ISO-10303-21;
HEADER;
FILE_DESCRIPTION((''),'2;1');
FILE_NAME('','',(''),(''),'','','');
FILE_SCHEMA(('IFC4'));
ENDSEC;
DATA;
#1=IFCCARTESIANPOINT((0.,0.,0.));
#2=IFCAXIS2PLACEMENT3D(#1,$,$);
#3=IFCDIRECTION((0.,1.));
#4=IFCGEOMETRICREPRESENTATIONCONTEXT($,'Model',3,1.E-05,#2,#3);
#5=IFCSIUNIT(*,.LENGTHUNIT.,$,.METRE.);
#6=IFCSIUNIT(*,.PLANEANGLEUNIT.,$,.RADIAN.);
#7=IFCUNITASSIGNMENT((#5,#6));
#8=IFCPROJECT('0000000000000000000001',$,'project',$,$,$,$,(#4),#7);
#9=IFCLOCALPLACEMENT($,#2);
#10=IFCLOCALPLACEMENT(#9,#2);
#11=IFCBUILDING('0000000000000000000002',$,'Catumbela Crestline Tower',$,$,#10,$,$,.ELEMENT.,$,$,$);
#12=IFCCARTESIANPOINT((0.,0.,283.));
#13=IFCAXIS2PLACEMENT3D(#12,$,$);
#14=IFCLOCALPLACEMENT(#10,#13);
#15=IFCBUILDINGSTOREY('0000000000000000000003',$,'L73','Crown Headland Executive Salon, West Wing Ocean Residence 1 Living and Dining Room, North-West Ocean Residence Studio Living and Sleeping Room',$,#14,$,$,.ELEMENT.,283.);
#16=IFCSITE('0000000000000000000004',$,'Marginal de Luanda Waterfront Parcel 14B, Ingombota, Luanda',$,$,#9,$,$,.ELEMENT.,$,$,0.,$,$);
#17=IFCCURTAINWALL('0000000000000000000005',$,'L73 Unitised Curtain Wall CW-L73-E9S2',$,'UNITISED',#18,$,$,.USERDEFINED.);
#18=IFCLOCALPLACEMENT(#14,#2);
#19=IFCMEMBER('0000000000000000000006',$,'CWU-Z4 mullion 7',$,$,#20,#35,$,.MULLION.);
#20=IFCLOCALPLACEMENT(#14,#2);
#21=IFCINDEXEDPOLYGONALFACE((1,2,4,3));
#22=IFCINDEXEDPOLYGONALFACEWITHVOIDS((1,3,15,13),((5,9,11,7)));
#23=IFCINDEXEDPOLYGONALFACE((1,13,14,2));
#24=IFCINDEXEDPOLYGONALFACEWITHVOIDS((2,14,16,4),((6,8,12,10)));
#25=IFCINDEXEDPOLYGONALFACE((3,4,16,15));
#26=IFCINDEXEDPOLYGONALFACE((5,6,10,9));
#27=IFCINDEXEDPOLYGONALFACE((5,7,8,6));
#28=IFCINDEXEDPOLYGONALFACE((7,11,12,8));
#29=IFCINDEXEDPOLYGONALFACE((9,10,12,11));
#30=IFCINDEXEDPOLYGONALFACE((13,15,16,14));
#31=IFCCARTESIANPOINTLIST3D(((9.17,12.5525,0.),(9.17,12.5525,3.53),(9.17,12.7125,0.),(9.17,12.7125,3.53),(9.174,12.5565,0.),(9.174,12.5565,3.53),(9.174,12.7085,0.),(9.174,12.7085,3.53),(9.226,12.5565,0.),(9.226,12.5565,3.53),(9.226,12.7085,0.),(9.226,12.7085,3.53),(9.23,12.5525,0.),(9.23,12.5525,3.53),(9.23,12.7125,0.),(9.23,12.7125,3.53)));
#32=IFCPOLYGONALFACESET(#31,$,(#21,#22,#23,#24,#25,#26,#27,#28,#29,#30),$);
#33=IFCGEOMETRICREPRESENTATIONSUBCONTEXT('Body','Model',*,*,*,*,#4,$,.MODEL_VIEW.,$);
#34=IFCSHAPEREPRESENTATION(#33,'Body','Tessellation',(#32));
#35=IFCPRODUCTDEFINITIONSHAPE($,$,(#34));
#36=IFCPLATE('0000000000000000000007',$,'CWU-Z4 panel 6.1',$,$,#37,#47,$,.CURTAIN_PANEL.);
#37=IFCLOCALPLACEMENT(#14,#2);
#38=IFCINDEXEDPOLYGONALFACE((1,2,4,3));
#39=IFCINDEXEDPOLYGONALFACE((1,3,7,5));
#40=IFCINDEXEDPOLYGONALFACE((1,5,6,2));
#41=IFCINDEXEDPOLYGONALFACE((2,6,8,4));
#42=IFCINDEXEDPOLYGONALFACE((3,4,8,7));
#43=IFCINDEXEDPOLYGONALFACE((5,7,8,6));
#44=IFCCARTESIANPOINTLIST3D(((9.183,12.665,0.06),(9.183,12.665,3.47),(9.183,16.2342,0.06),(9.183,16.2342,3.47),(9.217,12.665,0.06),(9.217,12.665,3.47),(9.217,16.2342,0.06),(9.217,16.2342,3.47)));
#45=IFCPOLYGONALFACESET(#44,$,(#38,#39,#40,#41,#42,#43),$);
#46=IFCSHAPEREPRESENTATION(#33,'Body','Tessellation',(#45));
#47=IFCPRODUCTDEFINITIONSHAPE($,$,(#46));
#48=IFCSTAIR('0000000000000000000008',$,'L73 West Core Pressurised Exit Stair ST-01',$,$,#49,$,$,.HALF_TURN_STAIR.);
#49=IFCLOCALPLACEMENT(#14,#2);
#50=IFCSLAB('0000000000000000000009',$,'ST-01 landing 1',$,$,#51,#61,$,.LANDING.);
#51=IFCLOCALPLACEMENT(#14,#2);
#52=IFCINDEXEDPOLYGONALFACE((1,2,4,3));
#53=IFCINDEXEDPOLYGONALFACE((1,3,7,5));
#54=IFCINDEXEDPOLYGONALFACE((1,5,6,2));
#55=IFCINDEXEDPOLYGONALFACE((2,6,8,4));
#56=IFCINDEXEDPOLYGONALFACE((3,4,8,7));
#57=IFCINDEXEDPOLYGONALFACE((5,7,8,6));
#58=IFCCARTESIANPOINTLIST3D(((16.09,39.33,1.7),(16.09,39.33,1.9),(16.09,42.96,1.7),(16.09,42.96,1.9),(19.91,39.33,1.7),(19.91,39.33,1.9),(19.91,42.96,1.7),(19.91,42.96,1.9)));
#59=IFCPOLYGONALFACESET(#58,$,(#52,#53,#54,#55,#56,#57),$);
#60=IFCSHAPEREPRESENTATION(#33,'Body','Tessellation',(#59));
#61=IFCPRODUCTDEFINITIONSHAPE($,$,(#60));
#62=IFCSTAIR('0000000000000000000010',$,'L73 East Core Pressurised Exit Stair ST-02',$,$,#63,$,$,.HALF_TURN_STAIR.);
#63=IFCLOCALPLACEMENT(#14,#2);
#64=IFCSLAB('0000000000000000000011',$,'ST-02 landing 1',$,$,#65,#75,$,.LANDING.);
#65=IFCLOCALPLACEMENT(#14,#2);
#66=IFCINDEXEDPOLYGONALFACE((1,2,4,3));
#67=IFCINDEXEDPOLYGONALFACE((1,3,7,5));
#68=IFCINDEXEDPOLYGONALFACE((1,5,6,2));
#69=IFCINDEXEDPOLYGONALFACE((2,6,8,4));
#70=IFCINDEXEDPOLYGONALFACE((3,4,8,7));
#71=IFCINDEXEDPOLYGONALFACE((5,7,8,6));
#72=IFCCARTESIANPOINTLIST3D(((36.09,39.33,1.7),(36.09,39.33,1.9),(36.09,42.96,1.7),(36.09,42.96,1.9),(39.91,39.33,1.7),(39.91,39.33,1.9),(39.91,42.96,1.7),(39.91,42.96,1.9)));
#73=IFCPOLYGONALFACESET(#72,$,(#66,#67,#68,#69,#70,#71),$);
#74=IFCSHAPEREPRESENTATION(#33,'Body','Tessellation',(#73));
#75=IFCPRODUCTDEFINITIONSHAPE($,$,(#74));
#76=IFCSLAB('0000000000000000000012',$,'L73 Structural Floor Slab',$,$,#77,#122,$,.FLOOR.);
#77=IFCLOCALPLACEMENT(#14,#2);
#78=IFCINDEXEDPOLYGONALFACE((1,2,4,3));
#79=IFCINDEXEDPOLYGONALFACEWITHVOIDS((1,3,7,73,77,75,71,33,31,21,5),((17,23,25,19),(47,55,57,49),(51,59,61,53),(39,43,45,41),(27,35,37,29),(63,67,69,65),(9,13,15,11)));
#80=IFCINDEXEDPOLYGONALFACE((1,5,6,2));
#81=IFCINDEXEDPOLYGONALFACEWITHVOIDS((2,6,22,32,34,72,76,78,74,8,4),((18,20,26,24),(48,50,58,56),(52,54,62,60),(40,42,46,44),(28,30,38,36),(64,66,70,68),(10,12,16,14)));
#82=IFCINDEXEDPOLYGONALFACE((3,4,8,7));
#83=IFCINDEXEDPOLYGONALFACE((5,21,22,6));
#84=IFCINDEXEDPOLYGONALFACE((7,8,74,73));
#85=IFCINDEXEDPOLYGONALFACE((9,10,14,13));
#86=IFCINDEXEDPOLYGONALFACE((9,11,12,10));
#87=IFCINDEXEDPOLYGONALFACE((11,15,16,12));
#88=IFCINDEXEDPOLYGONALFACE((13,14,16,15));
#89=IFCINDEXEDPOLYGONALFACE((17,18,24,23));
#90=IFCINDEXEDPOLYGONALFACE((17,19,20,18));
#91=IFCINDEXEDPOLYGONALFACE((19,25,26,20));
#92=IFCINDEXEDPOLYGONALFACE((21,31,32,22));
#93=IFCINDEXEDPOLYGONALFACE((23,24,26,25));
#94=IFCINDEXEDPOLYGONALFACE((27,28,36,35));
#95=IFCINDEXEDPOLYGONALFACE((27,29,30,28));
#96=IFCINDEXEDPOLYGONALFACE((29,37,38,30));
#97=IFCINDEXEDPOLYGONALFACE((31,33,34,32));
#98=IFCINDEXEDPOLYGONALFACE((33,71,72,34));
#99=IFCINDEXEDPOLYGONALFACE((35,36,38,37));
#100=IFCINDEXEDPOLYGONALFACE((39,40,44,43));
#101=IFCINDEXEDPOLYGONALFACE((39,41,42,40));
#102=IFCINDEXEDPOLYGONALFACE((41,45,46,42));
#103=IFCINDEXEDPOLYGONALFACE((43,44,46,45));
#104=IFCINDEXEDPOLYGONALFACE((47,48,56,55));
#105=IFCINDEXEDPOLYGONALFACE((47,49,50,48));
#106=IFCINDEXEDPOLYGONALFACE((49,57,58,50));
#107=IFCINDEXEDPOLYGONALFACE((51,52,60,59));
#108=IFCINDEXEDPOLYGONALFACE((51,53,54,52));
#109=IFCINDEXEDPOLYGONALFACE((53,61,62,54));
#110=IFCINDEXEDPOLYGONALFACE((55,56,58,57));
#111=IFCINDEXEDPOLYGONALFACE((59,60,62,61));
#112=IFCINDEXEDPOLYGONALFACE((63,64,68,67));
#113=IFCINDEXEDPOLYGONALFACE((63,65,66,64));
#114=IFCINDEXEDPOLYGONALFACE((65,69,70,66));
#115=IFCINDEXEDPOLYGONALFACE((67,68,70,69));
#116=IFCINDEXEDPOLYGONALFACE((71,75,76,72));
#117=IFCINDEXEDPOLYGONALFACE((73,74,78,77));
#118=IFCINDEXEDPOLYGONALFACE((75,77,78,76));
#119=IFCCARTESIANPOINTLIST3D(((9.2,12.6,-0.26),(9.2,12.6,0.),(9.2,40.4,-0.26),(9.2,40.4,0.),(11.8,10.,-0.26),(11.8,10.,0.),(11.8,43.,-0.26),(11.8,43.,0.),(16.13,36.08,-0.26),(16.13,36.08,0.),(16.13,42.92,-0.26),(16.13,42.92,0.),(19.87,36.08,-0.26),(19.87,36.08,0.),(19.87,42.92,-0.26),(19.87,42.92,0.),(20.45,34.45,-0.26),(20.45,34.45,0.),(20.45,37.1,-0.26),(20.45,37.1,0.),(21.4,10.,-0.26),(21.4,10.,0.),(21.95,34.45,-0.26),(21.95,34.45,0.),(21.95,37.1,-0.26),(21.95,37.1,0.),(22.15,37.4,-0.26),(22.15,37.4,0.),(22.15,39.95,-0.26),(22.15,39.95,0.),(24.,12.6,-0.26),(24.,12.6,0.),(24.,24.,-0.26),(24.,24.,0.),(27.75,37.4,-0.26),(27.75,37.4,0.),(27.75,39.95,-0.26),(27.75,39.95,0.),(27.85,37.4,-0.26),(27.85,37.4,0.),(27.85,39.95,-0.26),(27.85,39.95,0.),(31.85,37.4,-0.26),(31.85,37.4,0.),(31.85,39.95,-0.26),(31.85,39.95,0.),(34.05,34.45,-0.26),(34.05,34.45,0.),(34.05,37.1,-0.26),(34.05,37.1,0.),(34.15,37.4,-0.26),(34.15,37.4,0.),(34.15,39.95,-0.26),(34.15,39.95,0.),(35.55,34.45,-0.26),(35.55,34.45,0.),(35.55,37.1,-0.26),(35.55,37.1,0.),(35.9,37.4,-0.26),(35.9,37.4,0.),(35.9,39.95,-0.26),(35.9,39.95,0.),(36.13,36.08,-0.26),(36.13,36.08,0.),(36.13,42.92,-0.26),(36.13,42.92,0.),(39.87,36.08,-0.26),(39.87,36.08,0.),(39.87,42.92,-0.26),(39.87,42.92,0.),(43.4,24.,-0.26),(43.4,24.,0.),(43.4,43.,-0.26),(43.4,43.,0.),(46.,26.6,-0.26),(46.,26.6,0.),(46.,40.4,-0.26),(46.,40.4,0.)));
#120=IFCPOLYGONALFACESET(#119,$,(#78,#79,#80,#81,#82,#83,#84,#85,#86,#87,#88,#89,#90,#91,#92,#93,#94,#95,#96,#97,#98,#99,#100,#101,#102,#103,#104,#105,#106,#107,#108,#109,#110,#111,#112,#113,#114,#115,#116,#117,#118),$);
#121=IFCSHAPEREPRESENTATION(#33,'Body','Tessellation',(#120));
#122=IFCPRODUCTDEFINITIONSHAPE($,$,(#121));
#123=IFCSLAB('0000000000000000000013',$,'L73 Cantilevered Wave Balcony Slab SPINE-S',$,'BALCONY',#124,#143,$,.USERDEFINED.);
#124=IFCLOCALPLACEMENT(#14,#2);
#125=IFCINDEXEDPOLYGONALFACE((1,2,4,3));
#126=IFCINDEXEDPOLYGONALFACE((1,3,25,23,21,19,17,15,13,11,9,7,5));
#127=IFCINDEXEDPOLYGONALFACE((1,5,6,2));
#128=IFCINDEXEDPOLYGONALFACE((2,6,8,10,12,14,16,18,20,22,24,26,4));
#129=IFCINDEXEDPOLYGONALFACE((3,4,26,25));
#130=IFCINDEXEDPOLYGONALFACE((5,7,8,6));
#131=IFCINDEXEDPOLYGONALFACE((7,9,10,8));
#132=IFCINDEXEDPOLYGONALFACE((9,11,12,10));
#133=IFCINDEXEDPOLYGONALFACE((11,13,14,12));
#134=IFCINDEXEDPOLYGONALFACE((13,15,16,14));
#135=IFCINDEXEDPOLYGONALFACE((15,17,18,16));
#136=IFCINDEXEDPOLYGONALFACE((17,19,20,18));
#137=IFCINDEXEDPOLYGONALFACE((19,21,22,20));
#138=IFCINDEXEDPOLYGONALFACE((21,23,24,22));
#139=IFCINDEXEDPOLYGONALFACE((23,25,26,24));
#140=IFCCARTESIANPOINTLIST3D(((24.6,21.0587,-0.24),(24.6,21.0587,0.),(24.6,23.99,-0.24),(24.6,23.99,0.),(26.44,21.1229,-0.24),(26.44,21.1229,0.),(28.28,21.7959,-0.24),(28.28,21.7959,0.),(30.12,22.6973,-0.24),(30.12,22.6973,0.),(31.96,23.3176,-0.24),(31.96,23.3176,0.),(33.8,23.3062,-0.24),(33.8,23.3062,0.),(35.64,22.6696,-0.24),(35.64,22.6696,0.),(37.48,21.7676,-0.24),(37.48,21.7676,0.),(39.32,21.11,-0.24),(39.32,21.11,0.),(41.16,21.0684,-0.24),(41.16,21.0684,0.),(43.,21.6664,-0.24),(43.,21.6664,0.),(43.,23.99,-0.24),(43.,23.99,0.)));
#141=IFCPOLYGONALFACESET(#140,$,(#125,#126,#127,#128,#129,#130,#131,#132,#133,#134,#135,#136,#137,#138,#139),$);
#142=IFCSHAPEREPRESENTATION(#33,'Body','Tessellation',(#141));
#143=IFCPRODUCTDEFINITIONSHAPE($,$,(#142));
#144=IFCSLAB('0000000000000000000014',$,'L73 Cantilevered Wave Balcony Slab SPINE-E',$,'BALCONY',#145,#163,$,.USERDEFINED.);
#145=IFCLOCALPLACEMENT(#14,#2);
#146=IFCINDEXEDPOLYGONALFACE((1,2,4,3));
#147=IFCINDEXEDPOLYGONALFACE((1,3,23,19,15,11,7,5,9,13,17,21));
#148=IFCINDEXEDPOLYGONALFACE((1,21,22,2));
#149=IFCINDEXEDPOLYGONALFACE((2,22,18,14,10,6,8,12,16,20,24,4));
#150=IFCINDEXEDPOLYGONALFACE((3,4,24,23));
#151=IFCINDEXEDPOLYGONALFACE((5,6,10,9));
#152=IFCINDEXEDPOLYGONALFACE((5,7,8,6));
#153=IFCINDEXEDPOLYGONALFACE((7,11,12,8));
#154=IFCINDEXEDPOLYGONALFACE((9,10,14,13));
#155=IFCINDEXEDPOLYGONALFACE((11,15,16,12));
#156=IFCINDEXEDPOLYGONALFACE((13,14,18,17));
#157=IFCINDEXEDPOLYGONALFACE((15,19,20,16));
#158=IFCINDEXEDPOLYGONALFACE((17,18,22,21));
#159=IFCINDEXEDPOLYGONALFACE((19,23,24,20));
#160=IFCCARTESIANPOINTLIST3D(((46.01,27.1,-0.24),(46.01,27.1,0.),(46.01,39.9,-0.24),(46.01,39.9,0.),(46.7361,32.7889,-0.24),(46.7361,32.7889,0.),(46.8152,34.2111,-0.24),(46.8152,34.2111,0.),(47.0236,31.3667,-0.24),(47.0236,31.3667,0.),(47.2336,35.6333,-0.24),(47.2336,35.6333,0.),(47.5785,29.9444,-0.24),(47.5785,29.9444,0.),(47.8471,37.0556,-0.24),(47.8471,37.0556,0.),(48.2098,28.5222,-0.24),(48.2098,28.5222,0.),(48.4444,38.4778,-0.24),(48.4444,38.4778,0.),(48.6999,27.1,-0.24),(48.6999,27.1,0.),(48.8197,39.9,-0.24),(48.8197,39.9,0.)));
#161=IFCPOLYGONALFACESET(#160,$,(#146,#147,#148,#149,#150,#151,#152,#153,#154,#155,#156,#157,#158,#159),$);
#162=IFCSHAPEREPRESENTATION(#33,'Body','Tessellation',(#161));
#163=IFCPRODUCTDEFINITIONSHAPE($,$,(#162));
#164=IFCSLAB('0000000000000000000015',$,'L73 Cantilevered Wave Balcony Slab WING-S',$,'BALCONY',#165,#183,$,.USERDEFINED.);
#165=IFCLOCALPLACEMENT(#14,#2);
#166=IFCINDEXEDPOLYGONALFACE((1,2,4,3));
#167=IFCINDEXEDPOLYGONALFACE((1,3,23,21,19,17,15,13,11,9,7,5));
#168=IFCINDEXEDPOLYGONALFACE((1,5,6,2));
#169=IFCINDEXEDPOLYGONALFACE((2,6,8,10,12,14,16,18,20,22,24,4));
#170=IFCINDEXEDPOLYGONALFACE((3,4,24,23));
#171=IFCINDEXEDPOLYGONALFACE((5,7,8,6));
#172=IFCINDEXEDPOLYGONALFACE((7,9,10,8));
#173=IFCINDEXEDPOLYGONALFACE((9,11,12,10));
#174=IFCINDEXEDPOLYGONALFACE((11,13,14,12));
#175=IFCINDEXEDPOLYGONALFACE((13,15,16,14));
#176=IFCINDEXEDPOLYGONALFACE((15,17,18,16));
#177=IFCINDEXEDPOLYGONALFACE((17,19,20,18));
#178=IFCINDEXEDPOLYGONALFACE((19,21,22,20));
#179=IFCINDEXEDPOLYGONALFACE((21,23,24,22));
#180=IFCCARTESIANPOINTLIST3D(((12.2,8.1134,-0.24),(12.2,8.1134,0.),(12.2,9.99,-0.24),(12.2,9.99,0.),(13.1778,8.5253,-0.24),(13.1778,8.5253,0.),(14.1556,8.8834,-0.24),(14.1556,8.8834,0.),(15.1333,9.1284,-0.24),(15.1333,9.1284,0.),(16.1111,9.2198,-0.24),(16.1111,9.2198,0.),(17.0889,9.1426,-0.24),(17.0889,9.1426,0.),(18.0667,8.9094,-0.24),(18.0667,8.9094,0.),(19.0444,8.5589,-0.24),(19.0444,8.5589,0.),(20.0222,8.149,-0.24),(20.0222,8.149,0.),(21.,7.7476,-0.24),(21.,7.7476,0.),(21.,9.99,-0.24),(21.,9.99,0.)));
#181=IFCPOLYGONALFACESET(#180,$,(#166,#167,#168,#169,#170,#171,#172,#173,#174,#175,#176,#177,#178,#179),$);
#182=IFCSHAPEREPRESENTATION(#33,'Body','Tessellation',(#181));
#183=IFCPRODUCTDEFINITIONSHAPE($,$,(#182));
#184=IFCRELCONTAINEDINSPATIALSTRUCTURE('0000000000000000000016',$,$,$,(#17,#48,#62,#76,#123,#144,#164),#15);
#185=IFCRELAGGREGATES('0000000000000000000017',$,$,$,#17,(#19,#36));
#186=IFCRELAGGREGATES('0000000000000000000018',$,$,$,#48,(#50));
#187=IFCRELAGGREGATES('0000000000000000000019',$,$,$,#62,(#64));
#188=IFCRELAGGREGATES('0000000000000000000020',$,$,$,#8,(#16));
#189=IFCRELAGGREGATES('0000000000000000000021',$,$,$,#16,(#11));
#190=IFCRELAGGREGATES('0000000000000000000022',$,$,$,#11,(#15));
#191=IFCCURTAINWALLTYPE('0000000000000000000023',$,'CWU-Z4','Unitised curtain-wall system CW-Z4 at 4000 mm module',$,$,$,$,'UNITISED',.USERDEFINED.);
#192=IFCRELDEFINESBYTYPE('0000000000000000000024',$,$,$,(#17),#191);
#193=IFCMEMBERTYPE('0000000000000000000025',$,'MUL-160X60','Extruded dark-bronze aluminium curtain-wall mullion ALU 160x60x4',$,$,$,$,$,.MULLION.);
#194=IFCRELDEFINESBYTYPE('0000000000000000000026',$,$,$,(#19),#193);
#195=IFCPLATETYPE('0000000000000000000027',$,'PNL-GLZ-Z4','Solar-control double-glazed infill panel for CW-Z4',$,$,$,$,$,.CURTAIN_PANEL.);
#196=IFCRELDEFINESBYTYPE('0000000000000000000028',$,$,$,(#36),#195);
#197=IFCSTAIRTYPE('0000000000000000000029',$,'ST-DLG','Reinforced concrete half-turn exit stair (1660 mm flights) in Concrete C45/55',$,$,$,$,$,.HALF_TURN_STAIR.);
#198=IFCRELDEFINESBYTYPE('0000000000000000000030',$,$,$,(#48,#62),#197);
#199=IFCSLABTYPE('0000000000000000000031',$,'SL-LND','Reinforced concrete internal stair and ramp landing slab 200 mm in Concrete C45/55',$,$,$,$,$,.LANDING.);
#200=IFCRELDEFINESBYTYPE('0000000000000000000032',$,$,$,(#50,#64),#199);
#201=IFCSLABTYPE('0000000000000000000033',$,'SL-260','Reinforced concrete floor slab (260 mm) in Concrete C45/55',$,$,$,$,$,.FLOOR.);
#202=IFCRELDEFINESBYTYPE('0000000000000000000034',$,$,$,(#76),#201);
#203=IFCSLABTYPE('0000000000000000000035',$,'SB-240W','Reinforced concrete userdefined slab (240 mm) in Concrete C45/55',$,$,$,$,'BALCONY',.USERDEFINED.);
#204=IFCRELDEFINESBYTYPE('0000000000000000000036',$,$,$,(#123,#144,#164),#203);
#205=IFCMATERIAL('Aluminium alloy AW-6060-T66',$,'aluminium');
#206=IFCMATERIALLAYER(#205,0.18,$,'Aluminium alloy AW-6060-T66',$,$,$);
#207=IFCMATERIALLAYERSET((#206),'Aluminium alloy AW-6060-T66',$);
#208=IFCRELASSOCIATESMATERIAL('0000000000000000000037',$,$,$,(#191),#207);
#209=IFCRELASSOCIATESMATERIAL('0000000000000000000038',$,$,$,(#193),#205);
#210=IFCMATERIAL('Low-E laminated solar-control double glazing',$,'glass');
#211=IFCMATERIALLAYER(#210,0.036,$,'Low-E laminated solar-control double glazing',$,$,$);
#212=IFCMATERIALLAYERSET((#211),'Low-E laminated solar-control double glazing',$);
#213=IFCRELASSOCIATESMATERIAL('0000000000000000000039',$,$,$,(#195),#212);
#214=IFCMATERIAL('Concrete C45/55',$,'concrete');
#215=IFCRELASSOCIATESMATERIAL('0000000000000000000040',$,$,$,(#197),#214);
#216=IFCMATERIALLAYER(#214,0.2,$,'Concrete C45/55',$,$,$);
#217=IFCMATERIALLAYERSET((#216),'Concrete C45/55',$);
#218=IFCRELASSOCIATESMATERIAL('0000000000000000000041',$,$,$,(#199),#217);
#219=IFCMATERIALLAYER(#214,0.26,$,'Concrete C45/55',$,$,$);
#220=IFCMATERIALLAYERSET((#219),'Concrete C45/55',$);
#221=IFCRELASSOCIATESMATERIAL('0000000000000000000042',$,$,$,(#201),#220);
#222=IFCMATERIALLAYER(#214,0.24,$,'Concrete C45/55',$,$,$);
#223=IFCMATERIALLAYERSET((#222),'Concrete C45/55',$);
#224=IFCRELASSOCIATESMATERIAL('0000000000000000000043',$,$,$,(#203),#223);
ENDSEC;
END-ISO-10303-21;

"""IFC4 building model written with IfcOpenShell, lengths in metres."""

from ifc_helpers import new_model, si_unit, direction, frame, origin, origin_2d, place, context, subcontext, project, spatial, polyline, rectangle, hollow_rectangle, outline, extrude, material, layer, layer_set, material_profile, profile_set, type_object, element, aggregate, save


model = new_model("IFC4")

# Units and contexts
model_context = context("Model", 3, precision=1e-05, world=origin(), true_north=direction((0.0, 1.0)))
body_context = subcontext(model_context, "Body", "Model", "MODEL_VIEW")
ifc_project = project(units=[si_unit("LENGTHUNIT", "METRE"), si_unit("PLANEANGLEUNIT", "RADIAN")], contexts=[model_context])

# Site, building, storey
site_placement = place(None, origin())
site = spatial("IfcSite", under=ifc_project, at=site_placement, Name="Marginal de Luanda Waterfront Parcel 14B, Ingombota, Luanda", CompositionType="ELEMENT", RefElevation=0.0)
building_placement = place(site_placement, origin())
building = spatial("IfcBuilding", under=site, at=building_placement, Name="Catumbela Crestline Tower", CompositionType="ELEMENT")
storey_placement = place(building_placement, frame((0.0, 0.0, 283.0)))
storey = spatial("IfcBuildingStorey", under=building, at=storey_placement, Name="L73", Description="Crown Headland Executive Salon, West Wing Ocean Residence 1 Living and Dining Room, North-West Ocean Residence Studio Living and Sleeping Room", CompositionType="ELEMENT", Elevation=283.0)

# Curtain wall, member, plate
ifc_material_1 = material(Name="Aluminium alloy AW-6060-T66", Category="aluminium")
ifc_layer_1 = layer(ifc_material_1, 0.18, Name="Aluminium alloy AW-6060-T66")
ifc_layer_set_1 = layer_set([ifc_layer_1], Name="Aluminium alloy AW-6060-T66")
curtain_wall_type = type_object("IfcCurtainWallType", Name="CWU-Z4", Description="Unitised curtain-wall system CW-Z4 at 4000 mm module", ElementType="UNITISED", PredefinedType="USERDEFINED", material=ifc_layer_set_1)
curtain_wall_placement = place(storey_placement, origin())
curtain_wall = element("IfcCurtainWall", 1, at=curtain_wall_placement, inside=storey, type_object=curtain_wall_type, Name="L73 Unitised Curtain Wall CW-L73-E9S2", ObjectType="UNITISED", PredefinedType="USERDEFINED")
ifc_material_profile = material_profile(ifc_material_1, hollow_rectangle(XDim=0.06, YDim=0.16, WallThickness=0.004, at=origin_2d()), Name="ALU 160x60x4")
ifc_profile_set = profile_set([ifc_material_profile], Name="Aluminium alloy AW-6060-T66")
member_type = type_object("IfcMemberType", Name="MUL-160X60", Description="Extruded dark-bronze aluminium curtain-wall mullion ALU 160x60x4", PredefinedType="MULLION", material=ifc_profile_set)
member_placement = place(storey_placement, frame((9.2, 12.6325, 0.0), z_axis=(0.0, 0.0, 1.0), x_axis=(1.0, 0.0, 0.0)))
member = element("IfcMember", 2, at=member_placement, type_object=member_type, Name="CWU-Z4 mullion 7", PredefinedType="MULLION", context=body_context, shape_type="SweptSolid", body=[
    extrude(hollow_rectangle(XDim=0.06, YDim=0.16, WallThickness=0.004, at=origin_2d()), origin(), (0.0, 0.0, 1.0), 3.53),
])
ifc_material_2 = material(Name="Low-E laminated solar-control double glazing", Category="glass")
ifc_layer_2 = layer(ifc_material_2, 0.036, Name="Low-E laminated solar-control double glazing")
ifc_layer_set_2 = layer_set([ifc_layer_2], Name="Low-E laminated solar-control double glazing")
plate_type = type_object("IfcPlateType", Name="PNL-GLZ-Z4", Description="Solar-control double-glazed infill panel for CW-Z4", PredefinedType="CURTAIN_PANEL", material=ifc_layer_set_2)
plate_placement = place(storey_placement, frame((9.2, 14.4496, 0.06), z_axis=(0.0, 0.0, 1.0), x_axis=(0.0, -1.0, 0.0)))
plate = element("IfcPlate", 3, at=plate_placement, type_object=plate_type, Name="CWU-Z4 panel 6.1", PredefinedType="CURTAIN_PANEL", context=body_context, shape_type="SweptSolid", body=[
    extrude(rectangle(XDim=3.5692, YDim=0.034, at=origin_2d()), origin(), (0.0, 0.0, 1.0), 3.41),
])
aggregate(curtain_wall, [member, plate])

# Stairs, slabs
ifc_material_3 = material(Name="Concrete C45/55", Category="concrete")
stair_type = type_object("IfcStairType", Name="ST-DLG", Description="Reinforced concrete half-turn exit stair (1660 mm flights) in Concrete C45/55", PredefinedType="HALF_TURN_STAIR", material=ifc_material_3)
stair_1_placement = place(storey_placement, origin())
stair_1 = element("IfcStair", 4, at=stair_1_placement, inside=storey, type_object=stair_type, Name="L73 West Core Pressurised Exit Stair ST-01", PredefinedType="HALF_TURN_STAIR")
ifc_layer_3 = layer(ifc_material_3, 0.2, Name="Concrete C45/55")
ifc_layer_set_3 = layer_set([ifc_layer_3], Name="Concrete C45/55")
slab_type_1 = type_object("IfcSlabType", Name="SL-LND", Description="Reinforced concrete internal stair and ramp landing slab 200 mm in Concrete C45/55", PredefinedType="LANDING", material=ifc_layer_set_3)
slab_1_placement = place(storey_placement, frame((0.0, 0.0, 1.7)))
slab_1 = element("IfcSlab", 5, at=slab_1_placement, type_object=slab_type_1, Name="ST-01 landing 1", PredefinedType="LANDING", context=body_context, shape_type="SweptSolid", body=[
    extrude(outline(polyline([(19.91, 39.33), (19.91, 42.96), (16.09, 42.96), (16.09, 39.33), (19.91, 39.33)])), origin(), (0.0, 0.0, 1.0), 0.2),
])
aggregate(stair_1, [slab_1])
stair_2_placement = place(storey_placement, origin())
stair_2 = element("IfcStair", 6, at=stair_2_placement, inside=storey, type_object=stair_type, Name="L73 East Core Pressurised Exit Stair ST-02", PredefinedType="HALF_TURN_STAIR")
slab_2_placement = place(storey_placement, frame((0.0, 0.0, 1.7)))
slab_2 = element("IfcSlab", 7, at=slab_2_placement, type_object=slab_type_1, Name="ST-02 landing 1", PredefinedType="LANDING", context=body_context, shape_type="SweptSolid", body=[
    extrude(outline(polyline([(39.91, 39.33), (39.91, 42.96), (36.09, 42.96), (36.09, 39.33), (39.91, 39.33)])), origin(), (0.0, 0.0, 1.0), 0.2),
])
aggregate(stair_2, [slab_2])

# Slabs
ifc_layer_4 = layer(ifc_material_3, 0.26, Name="Concrete C45/55")
ifc_layer_set_4 = layer_set([ifc_layer_4], Name="Concrete C45/55")
slab_type_2 = type_object("IfcSlabType", Name="SL-260", Description="Reinforced concrete floor slab (260 mm) in Concrete C45/55", PredefinedType="FLOOR", material=ifc_layer_set_4)
slab_3_placement = place(storey_placement, frame((0.0, 0.0, -0.26)))
element("IfcSlab", 8, at=slab_3_placement, inside=storey, type_object=slab_type_2, Name="L73 Structural Floor Slab", PredefinedType="FLOOR", context=body_context, shape_type="SweptSolid", body=[
    extrude(outline(polyline([(11.8, 10.0), (21.4, 10.0), (24.0, 12.6), (24.0, 24.0), (43.4, 24.0), (46.0, 26.6), (46.0, 40.4), (43.4, 43.0), (11.8, 43.0), (9.2, 40.4), (9.2, 12.6), (11.8, 10.0)]), holes=[polyline([(16.13, 36.08), (19.87, 36.08), (19.87, 42.92), (16.13, 42.92), (16.13, 36.08)]), polyline([(36.13, 36.08), (39.87, 36.08), (39.87, 42.92), (36.13, 42.92), (36.13, 36.08)]), polyline([(22.15, 37.4), (27.75, 37.4), (27.75, 39.95), (22.15, 39.95), (22.15, 37.4)]), polyline([(27.85, 37.4), (31.85, 37.4), (31.85, 39.95), (27.85, 39.95), (27.85, 37.4)]), polyline([(20.45, 34.45), (21.95, 34.45), (21.95, 37.1), (20.45, 37.1), (20.45, 34.45)]), polyline([(34.05, 34.45), (35.55, 34.45), (35.55, 37.1), (34.05, 37.1), (34.05, 34.45)]), polyline([(34.15, 37.4), (35.9, 37.4), (35.9, 39.95), (34.15, 39.95), (34.15, 37.4)])]), origin(), (0.0, 0.0, 1.0), 0.26),
])
ifc_layer_5 = layer(ifc_material_3, 0.24, Name="Concrete C45/55")
ifc_layer_set_5 = layer_set([ifc_layer_5], Name="Concrete C45/55")
slab_type_3 = type_object("IfcSlabType", Name="SB-240W", Description="Reinforced concrete userdefined slab (240 mm) in Concrete C45/55", ElementType="BALCONY", PredefinedType="USERDEFINED", material=ifc_layer_set_5)
slab_4_placement = place(storey_placement, frame((0.0, 0.0, -0.24)))
element("IfcSlab", 9, at=slab_4_placement, inside=storey, type_object=slab_type_3, Name="L73 Cantilevered Wave Balcony Slab SPINE-S", ObjectType="BALCONY", PredefinedType="USERDEFINED", context=body_context, shape_type="SweptSolid", body=[
    extrude(outline(polyline([(24.6, 21.0587), (26.44, 21.1229), (28.28, 21.7959), (30.12, 22.6973), (31.96, 23.3176), (33.8, 23.3062), (35.64, 22.6696), (37.48, 21.7676), (39.32, 21.11), (41.16, 21.0684), (43.0, 21.6664), (43.0, 23.99), (24.6, 23.99), (24.6, 21.0587)])), origin(), (0.0, 0.0, 1.0), 0.24),
])
slab_5_placement = place(storey_placement, frame((0.0, 0.0, -0.24)))
element("IfcSlab", 10, at=slab_5_placement, inside=storey, type_object=slab_type_3, Name="L73 Cantilevered Wave Balcony Slab SPINE-E", ObjectType="BALCONY", PredefinedType="USERDEFINED", context=body_context, shape_type="SweptSolid", body=[
    extrude(outline(polyline([(46.01, 27.1), (48.6999, 27.1), (48.2098, 28.5222), (47.5785, 29.9444), (47.0236, 31.3667), (46.7361, 32.7889), (46.8152, 34.2111), (47.2336, 35.6333), (47.8471, 37.0556), (48.4444, 38.4778), (48.8197, 39.9), (46.01, 39.9), (46.01, 27.1)])), origin(), (0.0, 0.0, 1.0), 0.24),
])
slab_6_placement = place(storey_placement, frame((0.0, 0.0, -0.24)))
element("IfcSlab", 11, at=slab_6_placement, inside=storey, type_object=slab_type_3, Name="L73 Cantilevered Wave Balcony Slab WING-S", ObjectType="BALCONY", PredefinedType="USERDEFINED", context=body_context, shape_type="SweptSolid", body=[
    extrude(outline(polyline([(12.2, 8.1134), (13.1778, 8.5253), (14.1556, 8.8834), (15.1333, 9.1284), (16.1111, 9.2198), (17.0889, 9.1426), (18.0667, 8.9094), (19.0444, 8.5589), (20.0222, 8.149), (21.0, 7.7476), (21.0, 9.99), (12.2, 9.99), (12.2, 8.1134)])), origin(), (0.0, 0.0, 1.0), 0.24),
])

save(model, "model.ifc")
